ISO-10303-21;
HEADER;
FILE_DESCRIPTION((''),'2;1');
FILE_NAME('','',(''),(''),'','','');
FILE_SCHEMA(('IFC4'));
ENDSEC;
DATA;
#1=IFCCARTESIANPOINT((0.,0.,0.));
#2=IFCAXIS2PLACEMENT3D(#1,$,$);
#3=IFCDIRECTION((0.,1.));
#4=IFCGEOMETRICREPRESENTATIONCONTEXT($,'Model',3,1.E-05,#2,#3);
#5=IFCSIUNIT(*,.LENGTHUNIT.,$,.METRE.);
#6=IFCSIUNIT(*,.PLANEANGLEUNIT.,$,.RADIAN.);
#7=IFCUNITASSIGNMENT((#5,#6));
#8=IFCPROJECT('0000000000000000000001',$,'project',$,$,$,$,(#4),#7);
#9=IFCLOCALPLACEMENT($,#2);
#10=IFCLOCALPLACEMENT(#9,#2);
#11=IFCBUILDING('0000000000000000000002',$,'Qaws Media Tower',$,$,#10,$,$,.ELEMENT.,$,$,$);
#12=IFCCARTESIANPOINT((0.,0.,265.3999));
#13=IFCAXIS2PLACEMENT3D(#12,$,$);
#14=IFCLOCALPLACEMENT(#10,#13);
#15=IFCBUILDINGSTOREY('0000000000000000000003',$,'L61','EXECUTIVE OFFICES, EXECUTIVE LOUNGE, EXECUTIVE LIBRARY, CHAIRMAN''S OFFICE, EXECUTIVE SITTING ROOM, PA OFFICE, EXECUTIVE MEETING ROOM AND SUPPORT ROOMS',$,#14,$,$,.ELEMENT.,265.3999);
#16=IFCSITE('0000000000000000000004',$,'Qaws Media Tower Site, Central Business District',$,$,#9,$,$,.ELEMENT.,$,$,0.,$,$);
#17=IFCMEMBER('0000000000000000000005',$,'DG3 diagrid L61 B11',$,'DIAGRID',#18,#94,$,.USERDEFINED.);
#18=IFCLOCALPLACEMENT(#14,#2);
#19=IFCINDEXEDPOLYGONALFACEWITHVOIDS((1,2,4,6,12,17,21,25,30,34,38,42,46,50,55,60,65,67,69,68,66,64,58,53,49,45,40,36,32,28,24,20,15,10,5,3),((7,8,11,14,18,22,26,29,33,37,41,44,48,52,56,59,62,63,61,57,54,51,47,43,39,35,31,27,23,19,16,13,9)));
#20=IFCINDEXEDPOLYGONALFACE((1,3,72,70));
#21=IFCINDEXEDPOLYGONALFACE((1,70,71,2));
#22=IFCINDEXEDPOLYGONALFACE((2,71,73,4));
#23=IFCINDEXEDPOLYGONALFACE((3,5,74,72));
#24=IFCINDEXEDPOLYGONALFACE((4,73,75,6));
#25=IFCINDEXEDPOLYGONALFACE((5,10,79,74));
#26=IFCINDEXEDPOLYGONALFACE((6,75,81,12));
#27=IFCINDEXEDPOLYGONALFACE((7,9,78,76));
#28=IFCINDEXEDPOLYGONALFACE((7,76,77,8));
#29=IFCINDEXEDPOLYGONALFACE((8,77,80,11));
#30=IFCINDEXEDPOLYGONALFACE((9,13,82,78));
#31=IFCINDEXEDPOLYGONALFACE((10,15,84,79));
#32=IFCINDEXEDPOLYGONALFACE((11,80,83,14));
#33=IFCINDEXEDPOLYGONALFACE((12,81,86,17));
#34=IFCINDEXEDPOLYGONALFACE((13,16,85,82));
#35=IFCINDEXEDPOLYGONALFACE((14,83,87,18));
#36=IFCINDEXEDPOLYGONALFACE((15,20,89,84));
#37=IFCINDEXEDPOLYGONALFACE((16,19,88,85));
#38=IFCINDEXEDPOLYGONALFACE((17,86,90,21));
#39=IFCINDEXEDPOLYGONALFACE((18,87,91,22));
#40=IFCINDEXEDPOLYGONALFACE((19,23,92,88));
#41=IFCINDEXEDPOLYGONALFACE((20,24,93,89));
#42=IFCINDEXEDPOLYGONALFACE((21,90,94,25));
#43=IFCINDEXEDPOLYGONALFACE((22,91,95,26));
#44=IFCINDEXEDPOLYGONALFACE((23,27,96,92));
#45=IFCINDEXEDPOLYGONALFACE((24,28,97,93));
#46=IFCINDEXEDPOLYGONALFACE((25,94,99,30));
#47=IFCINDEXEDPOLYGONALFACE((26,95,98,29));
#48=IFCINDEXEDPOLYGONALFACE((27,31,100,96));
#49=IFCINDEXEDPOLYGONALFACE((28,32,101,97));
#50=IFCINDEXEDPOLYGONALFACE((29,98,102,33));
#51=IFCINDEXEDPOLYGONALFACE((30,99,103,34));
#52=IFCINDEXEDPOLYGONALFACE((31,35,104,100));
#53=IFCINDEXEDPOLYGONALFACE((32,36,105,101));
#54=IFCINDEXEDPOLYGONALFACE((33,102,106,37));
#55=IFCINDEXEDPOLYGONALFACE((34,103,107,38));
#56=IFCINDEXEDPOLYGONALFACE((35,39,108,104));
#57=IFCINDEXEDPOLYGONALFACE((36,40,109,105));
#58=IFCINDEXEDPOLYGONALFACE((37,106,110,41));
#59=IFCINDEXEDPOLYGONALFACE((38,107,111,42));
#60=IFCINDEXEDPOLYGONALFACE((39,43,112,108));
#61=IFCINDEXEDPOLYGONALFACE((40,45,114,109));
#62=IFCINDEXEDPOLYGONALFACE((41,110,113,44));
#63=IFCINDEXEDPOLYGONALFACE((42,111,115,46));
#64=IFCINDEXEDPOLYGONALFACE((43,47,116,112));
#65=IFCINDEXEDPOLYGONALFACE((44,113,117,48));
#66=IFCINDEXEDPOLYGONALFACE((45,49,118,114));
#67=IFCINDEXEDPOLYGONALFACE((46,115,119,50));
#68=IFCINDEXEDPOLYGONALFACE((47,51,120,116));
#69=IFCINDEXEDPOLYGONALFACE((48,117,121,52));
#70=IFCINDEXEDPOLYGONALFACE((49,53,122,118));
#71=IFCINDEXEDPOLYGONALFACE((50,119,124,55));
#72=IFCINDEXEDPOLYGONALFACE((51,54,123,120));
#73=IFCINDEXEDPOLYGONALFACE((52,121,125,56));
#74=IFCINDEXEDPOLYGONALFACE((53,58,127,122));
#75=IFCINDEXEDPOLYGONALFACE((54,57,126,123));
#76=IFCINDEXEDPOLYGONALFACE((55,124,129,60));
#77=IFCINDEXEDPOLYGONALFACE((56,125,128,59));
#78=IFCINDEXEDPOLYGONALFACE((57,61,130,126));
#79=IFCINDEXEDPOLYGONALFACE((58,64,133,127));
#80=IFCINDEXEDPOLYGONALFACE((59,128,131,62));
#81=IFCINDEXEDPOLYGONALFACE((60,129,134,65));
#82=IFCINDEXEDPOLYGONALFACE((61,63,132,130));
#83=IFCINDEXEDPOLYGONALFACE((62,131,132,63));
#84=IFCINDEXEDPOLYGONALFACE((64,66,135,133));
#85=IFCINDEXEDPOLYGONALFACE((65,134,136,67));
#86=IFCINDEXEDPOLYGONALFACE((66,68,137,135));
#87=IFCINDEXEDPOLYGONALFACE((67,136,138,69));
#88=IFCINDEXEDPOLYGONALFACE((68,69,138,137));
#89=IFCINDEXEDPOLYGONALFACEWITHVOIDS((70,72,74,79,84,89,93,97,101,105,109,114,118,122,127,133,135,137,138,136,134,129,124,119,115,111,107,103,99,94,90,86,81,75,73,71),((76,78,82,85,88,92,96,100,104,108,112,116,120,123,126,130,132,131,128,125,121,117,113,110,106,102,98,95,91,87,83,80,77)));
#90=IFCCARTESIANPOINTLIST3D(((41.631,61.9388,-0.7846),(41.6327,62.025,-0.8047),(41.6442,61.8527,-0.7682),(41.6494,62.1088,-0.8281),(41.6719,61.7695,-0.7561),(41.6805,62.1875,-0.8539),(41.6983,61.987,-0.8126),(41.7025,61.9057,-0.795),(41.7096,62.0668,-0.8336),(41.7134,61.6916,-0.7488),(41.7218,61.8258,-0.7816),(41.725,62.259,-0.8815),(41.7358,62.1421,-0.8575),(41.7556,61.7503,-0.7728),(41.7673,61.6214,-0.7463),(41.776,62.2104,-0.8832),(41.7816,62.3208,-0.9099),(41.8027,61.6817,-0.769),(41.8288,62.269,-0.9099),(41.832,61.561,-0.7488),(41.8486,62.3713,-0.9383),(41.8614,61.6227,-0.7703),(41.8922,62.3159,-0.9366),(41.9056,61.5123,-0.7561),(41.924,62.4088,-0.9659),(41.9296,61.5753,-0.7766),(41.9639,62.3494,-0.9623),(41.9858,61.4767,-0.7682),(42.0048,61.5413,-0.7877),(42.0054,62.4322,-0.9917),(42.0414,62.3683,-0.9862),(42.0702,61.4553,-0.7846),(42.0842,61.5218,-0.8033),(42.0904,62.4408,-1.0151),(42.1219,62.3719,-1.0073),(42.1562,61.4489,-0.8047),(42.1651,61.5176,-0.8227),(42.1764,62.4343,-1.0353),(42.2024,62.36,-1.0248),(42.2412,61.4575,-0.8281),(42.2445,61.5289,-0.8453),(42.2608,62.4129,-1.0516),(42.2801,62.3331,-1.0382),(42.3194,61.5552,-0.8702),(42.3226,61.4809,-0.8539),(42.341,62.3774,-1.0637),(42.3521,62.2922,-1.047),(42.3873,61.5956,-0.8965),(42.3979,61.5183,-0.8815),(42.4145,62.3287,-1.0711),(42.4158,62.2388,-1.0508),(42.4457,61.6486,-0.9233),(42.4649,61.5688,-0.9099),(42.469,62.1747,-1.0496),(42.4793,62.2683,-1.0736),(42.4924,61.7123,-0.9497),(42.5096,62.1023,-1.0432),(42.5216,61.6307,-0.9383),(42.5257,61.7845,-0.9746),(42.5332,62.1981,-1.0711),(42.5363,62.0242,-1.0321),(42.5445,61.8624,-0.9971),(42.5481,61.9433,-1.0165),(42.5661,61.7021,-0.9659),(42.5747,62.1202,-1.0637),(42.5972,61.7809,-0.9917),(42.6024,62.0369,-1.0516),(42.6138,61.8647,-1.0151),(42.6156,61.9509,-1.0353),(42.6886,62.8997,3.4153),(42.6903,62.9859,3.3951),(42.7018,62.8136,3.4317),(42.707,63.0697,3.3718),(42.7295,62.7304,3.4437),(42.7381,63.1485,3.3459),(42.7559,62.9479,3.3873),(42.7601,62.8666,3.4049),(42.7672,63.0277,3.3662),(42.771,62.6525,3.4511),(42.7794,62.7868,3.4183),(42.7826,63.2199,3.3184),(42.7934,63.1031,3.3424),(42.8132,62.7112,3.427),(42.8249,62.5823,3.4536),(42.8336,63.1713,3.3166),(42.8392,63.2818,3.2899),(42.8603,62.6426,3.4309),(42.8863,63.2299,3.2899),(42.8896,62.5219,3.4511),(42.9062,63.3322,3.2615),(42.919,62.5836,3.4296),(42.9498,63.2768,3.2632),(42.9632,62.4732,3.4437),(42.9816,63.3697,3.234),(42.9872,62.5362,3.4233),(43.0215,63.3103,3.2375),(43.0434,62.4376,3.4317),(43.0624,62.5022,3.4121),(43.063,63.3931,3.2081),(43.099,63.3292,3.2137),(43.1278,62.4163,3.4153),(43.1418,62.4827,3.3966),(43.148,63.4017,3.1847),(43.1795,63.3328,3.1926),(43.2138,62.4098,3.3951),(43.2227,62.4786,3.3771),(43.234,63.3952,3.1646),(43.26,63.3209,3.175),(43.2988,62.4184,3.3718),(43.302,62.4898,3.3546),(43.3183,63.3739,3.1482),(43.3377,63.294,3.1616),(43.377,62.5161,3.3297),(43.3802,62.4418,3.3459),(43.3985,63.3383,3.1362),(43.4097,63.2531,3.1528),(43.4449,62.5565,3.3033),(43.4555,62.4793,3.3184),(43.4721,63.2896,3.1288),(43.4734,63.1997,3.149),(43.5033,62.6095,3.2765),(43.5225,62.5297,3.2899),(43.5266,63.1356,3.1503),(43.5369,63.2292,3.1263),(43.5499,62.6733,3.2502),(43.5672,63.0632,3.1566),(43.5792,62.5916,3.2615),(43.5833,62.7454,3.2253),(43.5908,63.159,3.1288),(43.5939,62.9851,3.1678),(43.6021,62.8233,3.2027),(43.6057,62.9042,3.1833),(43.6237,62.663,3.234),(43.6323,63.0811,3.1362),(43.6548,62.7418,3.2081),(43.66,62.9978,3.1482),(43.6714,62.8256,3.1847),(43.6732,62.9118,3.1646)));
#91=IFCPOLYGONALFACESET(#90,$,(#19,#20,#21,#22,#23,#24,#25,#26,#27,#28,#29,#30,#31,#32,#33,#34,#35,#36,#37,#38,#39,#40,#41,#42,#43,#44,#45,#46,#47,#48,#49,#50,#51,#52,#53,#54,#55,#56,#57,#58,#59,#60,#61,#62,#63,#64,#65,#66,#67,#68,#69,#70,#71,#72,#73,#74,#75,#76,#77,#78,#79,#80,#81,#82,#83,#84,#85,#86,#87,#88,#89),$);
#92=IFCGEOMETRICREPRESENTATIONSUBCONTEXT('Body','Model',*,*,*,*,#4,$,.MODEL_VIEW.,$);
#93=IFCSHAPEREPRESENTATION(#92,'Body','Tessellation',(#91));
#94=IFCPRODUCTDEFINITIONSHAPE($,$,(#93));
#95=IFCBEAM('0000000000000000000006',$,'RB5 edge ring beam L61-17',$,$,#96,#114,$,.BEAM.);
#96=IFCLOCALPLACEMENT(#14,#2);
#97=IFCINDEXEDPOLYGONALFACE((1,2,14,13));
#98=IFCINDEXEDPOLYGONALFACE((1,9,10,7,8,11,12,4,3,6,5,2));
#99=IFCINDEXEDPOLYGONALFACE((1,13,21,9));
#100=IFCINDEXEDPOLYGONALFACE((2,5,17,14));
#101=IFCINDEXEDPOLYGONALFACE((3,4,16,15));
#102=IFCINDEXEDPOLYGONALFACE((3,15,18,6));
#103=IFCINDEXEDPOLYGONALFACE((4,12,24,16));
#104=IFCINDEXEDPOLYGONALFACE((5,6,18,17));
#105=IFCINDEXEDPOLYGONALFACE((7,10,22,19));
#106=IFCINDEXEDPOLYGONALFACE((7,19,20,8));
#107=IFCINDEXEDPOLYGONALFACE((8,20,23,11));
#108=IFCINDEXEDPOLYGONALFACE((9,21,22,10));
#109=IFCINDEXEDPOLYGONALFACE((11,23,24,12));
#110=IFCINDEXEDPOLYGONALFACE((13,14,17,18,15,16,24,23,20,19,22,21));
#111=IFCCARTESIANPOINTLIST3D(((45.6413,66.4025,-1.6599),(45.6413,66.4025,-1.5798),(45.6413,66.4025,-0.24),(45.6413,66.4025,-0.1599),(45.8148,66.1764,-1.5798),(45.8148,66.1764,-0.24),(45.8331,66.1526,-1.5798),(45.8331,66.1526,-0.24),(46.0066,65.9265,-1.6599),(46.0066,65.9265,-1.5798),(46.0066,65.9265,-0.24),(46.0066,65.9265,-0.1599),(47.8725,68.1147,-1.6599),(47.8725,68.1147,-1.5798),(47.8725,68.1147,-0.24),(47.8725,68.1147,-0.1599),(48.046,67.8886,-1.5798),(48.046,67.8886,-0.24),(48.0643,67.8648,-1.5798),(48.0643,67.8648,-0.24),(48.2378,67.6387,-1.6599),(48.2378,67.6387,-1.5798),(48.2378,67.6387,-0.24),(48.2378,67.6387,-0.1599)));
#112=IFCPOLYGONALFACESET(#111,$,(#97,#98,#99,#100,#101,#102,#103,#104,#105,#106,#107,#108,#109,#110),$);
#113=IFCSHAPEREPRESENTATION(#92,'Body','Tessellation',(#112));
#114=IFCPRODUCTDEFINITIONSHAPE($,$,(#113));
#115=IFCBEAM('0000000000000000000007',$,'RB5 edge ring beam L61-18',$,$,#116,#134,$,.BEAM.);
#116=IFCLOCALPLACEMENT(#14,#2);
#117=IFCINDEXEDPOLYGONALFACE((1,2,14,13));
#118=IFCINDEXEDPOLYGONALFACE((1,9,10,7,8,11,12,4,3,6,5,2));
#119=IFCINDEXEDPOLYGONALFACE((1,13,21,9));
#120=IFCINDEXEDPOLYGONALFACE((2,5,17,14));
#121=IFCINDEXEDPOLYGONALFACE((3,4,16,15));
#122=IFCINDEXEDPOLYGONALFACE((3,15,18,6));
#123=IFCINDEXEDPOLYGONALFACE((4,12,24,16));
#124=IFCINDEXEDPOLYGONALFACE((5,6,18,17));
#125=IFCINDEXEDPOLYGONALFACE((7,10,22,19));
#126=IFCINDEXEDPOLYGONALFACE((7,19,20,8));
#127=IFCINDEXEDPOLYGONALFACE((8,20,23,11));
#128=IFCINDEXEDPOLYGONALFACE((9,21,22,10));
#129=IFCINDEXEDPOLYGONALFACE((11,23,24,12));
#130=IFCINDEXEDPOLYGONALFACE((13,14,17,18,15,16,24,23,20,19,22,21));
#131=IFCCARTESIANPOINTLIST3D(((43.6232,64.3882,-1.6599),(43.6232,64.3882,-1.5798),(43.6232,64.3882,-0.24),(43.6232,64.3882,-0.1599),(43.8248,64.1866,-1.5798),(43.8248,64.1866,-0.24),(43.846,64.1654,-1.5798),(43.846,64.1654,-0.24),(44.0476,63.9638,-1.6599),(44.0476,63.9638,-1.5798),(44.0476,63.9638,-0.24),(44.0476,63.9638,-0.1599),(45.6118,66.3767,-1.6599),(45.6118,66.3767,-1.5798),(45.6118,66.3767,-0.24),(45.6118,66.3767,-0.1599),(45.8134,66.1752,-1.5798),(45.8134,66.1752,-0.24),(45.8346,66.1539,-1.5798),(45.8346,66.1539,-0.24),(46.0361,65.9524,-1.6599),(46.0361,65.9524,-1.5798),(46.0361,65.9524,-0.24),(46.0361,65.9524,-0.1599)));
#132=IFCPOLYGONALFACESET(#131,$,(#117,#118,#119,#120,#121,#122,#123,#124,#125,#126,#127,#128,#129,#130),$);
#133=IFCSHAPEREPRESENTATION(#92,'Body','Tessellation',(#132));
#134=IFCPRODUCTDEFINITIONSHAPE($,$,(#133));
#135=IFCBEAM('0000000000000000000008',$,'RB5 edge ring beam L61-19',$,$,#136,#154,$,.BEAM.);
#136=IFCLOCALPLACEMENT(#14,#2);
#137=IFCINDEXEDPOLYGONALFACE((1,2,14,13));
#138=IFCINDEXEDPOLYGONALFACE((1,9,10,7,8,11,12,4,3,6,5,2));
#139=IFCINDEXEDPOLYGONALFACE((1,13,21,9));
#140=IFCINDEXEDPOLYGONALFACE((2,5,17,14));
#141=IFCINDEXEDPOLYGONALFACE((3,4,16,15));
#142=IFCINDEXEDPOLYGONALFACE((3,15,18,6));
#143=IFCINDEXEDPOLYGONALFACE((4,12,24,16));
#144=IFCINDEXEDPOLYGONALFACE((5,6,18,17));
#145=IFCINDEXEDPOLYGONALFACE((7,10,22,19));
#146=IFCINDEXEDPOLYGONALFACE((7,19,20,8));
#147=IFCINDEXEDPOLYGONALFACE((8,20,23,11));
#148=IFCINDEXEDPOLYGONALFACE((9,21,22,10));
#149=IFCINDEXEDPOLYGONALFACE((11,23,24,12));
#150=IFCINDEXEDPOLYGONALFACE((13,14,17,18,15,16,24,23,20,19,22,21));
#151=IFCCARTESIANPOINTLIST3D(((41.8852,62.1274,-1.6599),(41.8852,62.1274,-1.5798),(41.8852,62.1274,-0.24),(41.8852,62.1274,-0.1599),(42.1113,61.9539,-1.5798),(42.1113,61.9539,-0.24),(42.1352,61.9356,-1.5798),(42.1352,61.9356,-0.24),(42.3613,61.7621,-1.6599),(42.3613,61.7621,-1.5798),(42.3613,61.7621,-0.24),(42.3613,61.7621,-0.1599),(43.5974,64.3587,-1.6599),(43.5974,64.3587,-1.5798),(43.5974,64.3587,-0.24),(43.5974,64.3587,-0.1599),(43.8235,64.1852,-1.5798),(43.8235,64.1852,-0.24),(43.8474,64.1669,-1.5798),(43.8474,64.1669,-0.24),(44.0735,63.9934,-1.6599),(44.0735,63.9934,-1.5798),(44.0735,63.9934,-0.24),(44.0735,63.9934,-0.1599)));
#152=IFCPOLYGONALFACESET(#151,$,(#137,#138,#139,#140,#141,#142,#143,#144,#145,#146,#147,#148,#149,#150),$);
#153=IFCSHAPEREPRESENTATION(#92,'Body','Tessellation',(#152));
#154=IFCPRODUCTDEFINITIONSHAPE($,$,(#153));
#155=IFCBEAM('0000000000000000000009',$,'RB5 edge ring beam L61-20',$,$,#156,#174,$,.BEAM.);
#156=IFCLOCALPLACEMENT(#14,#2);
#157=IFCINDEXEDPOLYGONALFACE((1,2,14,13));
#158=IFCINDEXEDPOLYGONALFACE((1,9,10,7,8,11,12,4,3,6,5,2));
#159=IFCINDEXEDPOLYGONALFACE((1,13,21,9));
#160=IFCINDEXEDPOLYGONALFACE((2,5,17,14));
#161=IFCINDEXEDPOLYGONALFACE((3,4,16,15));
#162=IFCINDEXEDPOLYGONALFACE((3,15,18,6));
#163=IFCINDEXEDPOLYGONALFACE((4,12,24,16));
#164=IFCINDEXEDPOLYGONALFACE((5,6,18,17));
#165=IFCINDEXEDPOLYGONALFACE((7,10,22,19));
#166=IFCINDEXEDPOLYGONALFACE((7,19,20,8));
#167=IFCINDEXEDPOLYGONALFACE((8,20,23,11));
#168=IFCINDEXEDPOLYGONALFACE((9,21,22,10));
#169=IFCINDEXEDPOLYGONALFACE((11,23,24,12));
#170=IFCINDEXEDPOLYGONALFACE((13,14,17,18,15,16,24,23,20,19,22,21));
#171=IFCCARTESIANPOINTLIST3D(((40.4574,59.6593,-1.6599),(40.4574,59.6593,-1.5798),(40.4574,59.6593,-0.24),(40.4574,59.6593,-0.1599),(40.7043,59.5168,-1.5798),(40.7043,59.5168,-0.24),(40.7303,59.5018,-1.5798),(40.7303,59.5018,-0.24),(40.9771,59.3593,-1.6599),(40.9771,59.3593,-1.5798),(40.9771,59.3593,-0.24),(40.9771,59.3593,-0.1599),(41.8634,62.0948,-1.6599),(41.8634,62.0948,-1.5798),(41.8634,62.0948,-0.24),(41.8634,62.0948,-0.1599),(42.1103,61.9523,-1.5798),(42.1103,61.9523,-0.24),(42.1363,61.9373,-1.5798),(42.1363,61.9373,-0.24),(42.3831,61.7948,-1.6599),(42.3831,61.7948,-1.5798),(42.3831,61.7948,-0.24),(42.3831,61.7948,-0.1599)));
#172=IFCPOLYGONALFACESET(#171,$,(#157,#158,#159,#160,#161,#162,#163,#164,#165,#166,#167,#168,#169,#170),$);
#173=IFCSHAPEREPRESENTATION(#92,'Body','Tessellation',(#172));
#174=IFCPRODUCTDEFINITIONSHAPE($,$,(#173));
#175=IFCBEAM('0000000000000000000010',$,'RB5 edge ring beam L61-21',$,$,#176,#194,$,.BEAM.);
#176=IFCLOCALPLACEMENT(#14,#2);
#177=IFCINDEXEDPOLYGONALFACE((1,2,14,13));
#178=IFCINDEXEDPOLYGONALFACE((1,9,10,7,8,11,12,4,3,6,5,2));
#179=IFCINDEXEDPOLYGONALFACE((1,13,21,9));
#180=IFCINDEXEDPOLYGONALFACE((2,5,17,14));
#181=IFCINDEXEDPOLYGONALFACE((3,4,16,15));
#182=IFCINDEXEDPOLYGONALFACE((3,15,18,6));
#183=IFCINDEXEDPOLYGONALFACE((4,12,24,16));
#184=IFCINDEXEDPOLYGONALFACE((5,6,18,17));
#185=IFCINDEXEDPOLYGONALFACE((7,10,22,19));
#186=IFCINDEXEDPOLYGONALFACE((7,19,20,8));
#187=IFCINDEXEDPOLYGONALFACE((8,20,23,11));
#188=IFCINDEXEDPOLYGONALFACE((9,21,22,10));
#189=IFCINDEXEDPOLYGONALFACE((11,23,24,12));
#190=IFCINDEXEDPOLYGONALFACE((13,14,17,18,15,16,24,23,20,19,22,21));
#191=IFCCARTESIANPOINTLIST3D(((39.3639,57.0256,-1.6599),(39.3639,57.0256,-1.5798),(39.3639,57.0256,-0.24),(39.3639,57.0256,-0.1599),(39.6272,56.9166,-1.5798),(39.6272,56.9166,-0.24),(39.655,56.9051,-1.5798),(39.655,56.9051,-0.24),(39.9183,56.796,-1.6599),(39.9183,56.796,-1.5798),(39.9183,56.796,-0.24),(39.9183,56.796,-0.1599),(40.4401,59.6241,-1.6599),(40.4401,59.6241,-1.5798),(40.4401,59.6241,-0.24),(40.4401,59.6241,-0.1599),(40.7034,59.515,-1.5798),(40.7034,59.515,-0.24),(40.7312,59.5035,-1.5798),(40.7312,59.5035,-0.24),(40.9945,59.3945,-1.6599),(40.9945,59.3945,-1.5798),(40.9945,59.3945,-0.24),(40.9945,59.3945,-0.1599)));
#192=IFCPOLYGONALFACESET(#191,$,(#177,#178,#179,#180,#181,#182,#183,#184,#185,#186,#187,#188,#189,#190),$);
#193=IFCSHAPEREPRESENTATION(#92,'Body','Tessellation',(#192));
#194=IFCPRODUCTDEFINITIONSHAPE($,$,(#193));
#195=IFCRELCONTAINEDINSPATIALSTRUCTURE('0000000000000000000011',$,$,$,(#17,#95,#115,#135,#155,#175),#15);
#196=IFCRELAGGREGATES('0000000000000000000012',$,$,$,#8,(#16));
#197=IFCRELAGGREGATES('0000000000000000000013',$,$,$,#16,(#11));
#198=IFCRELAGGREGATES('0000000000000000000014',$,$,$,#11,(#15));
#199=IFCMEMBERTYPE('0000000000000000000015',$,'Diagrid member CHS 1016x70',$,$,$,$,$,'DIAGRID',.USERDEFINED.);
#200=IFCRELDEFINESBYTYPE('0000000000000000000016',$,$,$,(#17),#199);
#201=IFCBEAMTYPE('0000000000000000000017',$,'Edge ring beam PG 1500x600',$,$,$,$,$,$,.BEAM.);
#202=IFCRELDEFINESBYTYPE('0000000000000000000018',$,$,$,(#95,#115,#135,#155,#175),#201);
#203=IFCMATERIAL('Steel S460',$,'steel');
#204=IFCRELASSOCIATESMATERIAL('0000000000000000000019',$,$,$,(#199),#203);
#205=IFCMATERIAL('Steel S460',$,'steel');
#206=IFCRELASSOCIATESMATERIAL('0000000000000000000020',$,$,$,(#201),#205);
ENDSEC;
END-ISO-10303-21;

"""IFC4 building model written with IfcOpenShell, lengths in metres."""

from ifc_helpers import new_model, si_unit, direction, frame, origin, origin_2d, place, context, subcontext, project, spatial, hollow_circle, i_section, extrude, material, material_profile, profile_set, type_object, element, save


model = new_model("IFC4")

# Units and contexts
model_context = context("Model", 3, precision=1e-05, world=origin(), true_north=direction((0.0, 1.0)))
body_context = subcontext(model_context, "Body", "Model", "MODEL_VIEW")
ifc_project = project(units=[si_unit("LENGTHUNIT", "METRE"), si_unit("PLANEANGLEUNIT", "RADIAN")], contexts=[model_context])

# Site, building, storey
site_placement = place(None, origin())
site = spatial("IfcSite", under=ifc_project, at=site_placement, Name="Qaws Media Tower Site, Central Business District", CompositionType="ELEMENT", RefElevation=0.0)
building_placement = place(site_placement, origin())
building = spatial("IfcBuilding", under=site, at=building_placement, Name="Qaws Media Tower", CompositionType="ELEMENT")
storey_placement = place(building_placement, frame((0.0, 0.0, 265.3999)))
storey = spatial("IfcBuildingStorey", under=building, at=storey_placement, Name="L61", Description="EXECUTIVE OFFICES, EXECUTIVE LOUNGE, EXECUTIVE LIBRARY, CHAIRMAN'S OFFICE, EXECUTIVE SITTING ROOM, PA OFFICE, EXECUTIVE MEETING ROOM AND SUPPORT ROOMS", CompositionType="ELEMENT", Elevation=265.3999)

# Member
ifc_material_1 = material(Name="Steel S460", Category="steel")
ifc_material_profile_1 = material_profile(ifc_material_1, hollow_circle(Radius=0.5081, WallThickness=0.0701, at=origin_2d()), Name="CHS 1016x70")
ifc_profile_set_1 = profile_set([ifc_material_profile_1], Name="Steel S460")
member_type_1 = type_object("IfcMemberType", Name="Diagrid member CHS 1016x70", ElementType="DIAGRID", PredefinedType="USERDEFINED", material=ifc_profile_set_1)
member_1_placement = place(storey_placement, frame((42.1233, 61.9448, -0.9099), z_axis=(0.238396, 0.216604, 0.946705), x_axis=(-0.672469, 0.740126, 0.0)))
element("IfcMember", 1, at=member_1_placement, inside=storey, type_object=member_type_1, Name="DG3 diagrid L61 B11", ObjectType="DIAGRID", PredefinedType="USERDEFINED", context=body_context, shape_type="SweptSolid", body=[
    extrude(hollow_circle(Radius=0.5081, WallThickness=0.0701, at=origin_2d()), origin(), (0.0, 0.0, 1.0), 4.4363),
])

# Beams
ifc_material_2 = material(Name="Steel S460", Category="steel")
ifc_material_profile_2 = material_profile(ifc_material_2, i_section(OverallWidth=0.6001, OverallDepth=1.5, WebThickness=0.03, FlangeThickness=0.0801, at=origin_2d()), Name="PG 1500x600")
ifc_profile_set_2 = profile_set([ifc_material_profile_2], Name="Steel S460")
beam_type = type_object("IfcBeamType", Name="Edge ring beam PG 1500x600", PredefinedType="BEAM", material=ifc_profile_set_2)
beam_1_placement = place(storey_placement, frame((48.0552, 67.8767, -0.9099), z_axis=(-0.793337, -0.608783, 0.0), x_axis=(0.608783, -0.793337, 0.0)))
element("IfcBeam", 2, at=beam_1_placement, inside=storey, type_object=beam_type, Name="RB5 edge ring beam L61-17", PredefinedType="BEAM", context=body_context, shape_type="SweptSolid", body=[
    extrude(i_section(OverallWidth=0.6001, OverallDepth=1.5, WebThickness=0.03, FlangeThickness=0.0801, at=origin_2d()), origin(), (0.0, 0.0, 1.0), 2.8125),
])
beam_2_placement = place(storey_placement, frame((45.824, 66.1646, -0.9099), z_axis=(-0.707107, -0.707107, 0.0), x_axis=(0.707107, -0.707107, 0.0)))
element("IfcBeam", 3, at=beam_2_placement, inside=storey, type_object=beam_type, Name="RB5 edge ring beam L61-18", PredefinedType="BEAM", context=body_context, shape_type="SweptSolid", body=[
    extrude(i_section(OverallWidth=0.6001, OverallDepth=1.5, WebThickness=0.03, FlangeThickness=0.0801, at=origin_2d()), origin(), (0.0, 0.0, 1.0), 2.8123),
])
beam_3_placement = place(storey_placement, frame((43.8354, 64.176, -0.9099), z_axis=(-0.608783, -0.793337, 0.0), x_axis=(0.793337, -0.608783, 0.0)))
element("IfcBeam", 4, at=beam_3_placement, inside=storey, type_object=beam_type, Name="RB5 edge ring beam L61-19", PredefinedType="BEAM", context=body_context, shape_type="SweptSolid", body=[
    extrude(i_section(OverallWidth=0.6001, OverallDepth=1.5, WebThickness=0.03, FlangeThickness=0.0801, at=origin_2d()), origin(), (0.0, 0.0, 1.0), 2.8125),
])
beam_4_placement = place(storey_placement, frame((42.1233, 61.9448, -0.9099), z_axis=(-0.499958, -0.86605, 0.0), x_axis=(0.86605, -0.499958, 0.0)))
element("IfcBeam", 5, at=beam_4_placement, inside=storey, type_object=beam_type, Name="RB5 edge ring beam L61-20", PredefinedType="BEAM", context=body_context, shape_type="SweptSolid", body=[
    extrude(i_section(OverallWidth=0.6001, OverallDepth=1.5, WebThickness=0.03, FlangeThickness=0.0801, at=origin_2d()), origin(), (0.0, 0.0, 1.0), 2.8123),
])
beam_5_placement = place(storey_placement, frame((40.7173, 59.5093, -0.9099), z_axis=(-0.382648, -0.923894, 0.0), x_axis=(0.923894, -0.382648, 0.0)))
element("IfcBeam", 6, at=beam_5_placement, inside=storey, type_object=beam_type, Name="RB5 edge ring beam L61-21", PredefinedType="BEAM", context=body_context, shape_type="SweptSolid", body=[
    extrude(i_section(OverallWidth=0.6001, OverallDepth=1.5, WebThickness=0.03, FlangeThickness=0.0801, at=origin_2d()), origin(), (0.0, 0.0, 1.0), 2.8125),
])

save(model, "model.ifc")
